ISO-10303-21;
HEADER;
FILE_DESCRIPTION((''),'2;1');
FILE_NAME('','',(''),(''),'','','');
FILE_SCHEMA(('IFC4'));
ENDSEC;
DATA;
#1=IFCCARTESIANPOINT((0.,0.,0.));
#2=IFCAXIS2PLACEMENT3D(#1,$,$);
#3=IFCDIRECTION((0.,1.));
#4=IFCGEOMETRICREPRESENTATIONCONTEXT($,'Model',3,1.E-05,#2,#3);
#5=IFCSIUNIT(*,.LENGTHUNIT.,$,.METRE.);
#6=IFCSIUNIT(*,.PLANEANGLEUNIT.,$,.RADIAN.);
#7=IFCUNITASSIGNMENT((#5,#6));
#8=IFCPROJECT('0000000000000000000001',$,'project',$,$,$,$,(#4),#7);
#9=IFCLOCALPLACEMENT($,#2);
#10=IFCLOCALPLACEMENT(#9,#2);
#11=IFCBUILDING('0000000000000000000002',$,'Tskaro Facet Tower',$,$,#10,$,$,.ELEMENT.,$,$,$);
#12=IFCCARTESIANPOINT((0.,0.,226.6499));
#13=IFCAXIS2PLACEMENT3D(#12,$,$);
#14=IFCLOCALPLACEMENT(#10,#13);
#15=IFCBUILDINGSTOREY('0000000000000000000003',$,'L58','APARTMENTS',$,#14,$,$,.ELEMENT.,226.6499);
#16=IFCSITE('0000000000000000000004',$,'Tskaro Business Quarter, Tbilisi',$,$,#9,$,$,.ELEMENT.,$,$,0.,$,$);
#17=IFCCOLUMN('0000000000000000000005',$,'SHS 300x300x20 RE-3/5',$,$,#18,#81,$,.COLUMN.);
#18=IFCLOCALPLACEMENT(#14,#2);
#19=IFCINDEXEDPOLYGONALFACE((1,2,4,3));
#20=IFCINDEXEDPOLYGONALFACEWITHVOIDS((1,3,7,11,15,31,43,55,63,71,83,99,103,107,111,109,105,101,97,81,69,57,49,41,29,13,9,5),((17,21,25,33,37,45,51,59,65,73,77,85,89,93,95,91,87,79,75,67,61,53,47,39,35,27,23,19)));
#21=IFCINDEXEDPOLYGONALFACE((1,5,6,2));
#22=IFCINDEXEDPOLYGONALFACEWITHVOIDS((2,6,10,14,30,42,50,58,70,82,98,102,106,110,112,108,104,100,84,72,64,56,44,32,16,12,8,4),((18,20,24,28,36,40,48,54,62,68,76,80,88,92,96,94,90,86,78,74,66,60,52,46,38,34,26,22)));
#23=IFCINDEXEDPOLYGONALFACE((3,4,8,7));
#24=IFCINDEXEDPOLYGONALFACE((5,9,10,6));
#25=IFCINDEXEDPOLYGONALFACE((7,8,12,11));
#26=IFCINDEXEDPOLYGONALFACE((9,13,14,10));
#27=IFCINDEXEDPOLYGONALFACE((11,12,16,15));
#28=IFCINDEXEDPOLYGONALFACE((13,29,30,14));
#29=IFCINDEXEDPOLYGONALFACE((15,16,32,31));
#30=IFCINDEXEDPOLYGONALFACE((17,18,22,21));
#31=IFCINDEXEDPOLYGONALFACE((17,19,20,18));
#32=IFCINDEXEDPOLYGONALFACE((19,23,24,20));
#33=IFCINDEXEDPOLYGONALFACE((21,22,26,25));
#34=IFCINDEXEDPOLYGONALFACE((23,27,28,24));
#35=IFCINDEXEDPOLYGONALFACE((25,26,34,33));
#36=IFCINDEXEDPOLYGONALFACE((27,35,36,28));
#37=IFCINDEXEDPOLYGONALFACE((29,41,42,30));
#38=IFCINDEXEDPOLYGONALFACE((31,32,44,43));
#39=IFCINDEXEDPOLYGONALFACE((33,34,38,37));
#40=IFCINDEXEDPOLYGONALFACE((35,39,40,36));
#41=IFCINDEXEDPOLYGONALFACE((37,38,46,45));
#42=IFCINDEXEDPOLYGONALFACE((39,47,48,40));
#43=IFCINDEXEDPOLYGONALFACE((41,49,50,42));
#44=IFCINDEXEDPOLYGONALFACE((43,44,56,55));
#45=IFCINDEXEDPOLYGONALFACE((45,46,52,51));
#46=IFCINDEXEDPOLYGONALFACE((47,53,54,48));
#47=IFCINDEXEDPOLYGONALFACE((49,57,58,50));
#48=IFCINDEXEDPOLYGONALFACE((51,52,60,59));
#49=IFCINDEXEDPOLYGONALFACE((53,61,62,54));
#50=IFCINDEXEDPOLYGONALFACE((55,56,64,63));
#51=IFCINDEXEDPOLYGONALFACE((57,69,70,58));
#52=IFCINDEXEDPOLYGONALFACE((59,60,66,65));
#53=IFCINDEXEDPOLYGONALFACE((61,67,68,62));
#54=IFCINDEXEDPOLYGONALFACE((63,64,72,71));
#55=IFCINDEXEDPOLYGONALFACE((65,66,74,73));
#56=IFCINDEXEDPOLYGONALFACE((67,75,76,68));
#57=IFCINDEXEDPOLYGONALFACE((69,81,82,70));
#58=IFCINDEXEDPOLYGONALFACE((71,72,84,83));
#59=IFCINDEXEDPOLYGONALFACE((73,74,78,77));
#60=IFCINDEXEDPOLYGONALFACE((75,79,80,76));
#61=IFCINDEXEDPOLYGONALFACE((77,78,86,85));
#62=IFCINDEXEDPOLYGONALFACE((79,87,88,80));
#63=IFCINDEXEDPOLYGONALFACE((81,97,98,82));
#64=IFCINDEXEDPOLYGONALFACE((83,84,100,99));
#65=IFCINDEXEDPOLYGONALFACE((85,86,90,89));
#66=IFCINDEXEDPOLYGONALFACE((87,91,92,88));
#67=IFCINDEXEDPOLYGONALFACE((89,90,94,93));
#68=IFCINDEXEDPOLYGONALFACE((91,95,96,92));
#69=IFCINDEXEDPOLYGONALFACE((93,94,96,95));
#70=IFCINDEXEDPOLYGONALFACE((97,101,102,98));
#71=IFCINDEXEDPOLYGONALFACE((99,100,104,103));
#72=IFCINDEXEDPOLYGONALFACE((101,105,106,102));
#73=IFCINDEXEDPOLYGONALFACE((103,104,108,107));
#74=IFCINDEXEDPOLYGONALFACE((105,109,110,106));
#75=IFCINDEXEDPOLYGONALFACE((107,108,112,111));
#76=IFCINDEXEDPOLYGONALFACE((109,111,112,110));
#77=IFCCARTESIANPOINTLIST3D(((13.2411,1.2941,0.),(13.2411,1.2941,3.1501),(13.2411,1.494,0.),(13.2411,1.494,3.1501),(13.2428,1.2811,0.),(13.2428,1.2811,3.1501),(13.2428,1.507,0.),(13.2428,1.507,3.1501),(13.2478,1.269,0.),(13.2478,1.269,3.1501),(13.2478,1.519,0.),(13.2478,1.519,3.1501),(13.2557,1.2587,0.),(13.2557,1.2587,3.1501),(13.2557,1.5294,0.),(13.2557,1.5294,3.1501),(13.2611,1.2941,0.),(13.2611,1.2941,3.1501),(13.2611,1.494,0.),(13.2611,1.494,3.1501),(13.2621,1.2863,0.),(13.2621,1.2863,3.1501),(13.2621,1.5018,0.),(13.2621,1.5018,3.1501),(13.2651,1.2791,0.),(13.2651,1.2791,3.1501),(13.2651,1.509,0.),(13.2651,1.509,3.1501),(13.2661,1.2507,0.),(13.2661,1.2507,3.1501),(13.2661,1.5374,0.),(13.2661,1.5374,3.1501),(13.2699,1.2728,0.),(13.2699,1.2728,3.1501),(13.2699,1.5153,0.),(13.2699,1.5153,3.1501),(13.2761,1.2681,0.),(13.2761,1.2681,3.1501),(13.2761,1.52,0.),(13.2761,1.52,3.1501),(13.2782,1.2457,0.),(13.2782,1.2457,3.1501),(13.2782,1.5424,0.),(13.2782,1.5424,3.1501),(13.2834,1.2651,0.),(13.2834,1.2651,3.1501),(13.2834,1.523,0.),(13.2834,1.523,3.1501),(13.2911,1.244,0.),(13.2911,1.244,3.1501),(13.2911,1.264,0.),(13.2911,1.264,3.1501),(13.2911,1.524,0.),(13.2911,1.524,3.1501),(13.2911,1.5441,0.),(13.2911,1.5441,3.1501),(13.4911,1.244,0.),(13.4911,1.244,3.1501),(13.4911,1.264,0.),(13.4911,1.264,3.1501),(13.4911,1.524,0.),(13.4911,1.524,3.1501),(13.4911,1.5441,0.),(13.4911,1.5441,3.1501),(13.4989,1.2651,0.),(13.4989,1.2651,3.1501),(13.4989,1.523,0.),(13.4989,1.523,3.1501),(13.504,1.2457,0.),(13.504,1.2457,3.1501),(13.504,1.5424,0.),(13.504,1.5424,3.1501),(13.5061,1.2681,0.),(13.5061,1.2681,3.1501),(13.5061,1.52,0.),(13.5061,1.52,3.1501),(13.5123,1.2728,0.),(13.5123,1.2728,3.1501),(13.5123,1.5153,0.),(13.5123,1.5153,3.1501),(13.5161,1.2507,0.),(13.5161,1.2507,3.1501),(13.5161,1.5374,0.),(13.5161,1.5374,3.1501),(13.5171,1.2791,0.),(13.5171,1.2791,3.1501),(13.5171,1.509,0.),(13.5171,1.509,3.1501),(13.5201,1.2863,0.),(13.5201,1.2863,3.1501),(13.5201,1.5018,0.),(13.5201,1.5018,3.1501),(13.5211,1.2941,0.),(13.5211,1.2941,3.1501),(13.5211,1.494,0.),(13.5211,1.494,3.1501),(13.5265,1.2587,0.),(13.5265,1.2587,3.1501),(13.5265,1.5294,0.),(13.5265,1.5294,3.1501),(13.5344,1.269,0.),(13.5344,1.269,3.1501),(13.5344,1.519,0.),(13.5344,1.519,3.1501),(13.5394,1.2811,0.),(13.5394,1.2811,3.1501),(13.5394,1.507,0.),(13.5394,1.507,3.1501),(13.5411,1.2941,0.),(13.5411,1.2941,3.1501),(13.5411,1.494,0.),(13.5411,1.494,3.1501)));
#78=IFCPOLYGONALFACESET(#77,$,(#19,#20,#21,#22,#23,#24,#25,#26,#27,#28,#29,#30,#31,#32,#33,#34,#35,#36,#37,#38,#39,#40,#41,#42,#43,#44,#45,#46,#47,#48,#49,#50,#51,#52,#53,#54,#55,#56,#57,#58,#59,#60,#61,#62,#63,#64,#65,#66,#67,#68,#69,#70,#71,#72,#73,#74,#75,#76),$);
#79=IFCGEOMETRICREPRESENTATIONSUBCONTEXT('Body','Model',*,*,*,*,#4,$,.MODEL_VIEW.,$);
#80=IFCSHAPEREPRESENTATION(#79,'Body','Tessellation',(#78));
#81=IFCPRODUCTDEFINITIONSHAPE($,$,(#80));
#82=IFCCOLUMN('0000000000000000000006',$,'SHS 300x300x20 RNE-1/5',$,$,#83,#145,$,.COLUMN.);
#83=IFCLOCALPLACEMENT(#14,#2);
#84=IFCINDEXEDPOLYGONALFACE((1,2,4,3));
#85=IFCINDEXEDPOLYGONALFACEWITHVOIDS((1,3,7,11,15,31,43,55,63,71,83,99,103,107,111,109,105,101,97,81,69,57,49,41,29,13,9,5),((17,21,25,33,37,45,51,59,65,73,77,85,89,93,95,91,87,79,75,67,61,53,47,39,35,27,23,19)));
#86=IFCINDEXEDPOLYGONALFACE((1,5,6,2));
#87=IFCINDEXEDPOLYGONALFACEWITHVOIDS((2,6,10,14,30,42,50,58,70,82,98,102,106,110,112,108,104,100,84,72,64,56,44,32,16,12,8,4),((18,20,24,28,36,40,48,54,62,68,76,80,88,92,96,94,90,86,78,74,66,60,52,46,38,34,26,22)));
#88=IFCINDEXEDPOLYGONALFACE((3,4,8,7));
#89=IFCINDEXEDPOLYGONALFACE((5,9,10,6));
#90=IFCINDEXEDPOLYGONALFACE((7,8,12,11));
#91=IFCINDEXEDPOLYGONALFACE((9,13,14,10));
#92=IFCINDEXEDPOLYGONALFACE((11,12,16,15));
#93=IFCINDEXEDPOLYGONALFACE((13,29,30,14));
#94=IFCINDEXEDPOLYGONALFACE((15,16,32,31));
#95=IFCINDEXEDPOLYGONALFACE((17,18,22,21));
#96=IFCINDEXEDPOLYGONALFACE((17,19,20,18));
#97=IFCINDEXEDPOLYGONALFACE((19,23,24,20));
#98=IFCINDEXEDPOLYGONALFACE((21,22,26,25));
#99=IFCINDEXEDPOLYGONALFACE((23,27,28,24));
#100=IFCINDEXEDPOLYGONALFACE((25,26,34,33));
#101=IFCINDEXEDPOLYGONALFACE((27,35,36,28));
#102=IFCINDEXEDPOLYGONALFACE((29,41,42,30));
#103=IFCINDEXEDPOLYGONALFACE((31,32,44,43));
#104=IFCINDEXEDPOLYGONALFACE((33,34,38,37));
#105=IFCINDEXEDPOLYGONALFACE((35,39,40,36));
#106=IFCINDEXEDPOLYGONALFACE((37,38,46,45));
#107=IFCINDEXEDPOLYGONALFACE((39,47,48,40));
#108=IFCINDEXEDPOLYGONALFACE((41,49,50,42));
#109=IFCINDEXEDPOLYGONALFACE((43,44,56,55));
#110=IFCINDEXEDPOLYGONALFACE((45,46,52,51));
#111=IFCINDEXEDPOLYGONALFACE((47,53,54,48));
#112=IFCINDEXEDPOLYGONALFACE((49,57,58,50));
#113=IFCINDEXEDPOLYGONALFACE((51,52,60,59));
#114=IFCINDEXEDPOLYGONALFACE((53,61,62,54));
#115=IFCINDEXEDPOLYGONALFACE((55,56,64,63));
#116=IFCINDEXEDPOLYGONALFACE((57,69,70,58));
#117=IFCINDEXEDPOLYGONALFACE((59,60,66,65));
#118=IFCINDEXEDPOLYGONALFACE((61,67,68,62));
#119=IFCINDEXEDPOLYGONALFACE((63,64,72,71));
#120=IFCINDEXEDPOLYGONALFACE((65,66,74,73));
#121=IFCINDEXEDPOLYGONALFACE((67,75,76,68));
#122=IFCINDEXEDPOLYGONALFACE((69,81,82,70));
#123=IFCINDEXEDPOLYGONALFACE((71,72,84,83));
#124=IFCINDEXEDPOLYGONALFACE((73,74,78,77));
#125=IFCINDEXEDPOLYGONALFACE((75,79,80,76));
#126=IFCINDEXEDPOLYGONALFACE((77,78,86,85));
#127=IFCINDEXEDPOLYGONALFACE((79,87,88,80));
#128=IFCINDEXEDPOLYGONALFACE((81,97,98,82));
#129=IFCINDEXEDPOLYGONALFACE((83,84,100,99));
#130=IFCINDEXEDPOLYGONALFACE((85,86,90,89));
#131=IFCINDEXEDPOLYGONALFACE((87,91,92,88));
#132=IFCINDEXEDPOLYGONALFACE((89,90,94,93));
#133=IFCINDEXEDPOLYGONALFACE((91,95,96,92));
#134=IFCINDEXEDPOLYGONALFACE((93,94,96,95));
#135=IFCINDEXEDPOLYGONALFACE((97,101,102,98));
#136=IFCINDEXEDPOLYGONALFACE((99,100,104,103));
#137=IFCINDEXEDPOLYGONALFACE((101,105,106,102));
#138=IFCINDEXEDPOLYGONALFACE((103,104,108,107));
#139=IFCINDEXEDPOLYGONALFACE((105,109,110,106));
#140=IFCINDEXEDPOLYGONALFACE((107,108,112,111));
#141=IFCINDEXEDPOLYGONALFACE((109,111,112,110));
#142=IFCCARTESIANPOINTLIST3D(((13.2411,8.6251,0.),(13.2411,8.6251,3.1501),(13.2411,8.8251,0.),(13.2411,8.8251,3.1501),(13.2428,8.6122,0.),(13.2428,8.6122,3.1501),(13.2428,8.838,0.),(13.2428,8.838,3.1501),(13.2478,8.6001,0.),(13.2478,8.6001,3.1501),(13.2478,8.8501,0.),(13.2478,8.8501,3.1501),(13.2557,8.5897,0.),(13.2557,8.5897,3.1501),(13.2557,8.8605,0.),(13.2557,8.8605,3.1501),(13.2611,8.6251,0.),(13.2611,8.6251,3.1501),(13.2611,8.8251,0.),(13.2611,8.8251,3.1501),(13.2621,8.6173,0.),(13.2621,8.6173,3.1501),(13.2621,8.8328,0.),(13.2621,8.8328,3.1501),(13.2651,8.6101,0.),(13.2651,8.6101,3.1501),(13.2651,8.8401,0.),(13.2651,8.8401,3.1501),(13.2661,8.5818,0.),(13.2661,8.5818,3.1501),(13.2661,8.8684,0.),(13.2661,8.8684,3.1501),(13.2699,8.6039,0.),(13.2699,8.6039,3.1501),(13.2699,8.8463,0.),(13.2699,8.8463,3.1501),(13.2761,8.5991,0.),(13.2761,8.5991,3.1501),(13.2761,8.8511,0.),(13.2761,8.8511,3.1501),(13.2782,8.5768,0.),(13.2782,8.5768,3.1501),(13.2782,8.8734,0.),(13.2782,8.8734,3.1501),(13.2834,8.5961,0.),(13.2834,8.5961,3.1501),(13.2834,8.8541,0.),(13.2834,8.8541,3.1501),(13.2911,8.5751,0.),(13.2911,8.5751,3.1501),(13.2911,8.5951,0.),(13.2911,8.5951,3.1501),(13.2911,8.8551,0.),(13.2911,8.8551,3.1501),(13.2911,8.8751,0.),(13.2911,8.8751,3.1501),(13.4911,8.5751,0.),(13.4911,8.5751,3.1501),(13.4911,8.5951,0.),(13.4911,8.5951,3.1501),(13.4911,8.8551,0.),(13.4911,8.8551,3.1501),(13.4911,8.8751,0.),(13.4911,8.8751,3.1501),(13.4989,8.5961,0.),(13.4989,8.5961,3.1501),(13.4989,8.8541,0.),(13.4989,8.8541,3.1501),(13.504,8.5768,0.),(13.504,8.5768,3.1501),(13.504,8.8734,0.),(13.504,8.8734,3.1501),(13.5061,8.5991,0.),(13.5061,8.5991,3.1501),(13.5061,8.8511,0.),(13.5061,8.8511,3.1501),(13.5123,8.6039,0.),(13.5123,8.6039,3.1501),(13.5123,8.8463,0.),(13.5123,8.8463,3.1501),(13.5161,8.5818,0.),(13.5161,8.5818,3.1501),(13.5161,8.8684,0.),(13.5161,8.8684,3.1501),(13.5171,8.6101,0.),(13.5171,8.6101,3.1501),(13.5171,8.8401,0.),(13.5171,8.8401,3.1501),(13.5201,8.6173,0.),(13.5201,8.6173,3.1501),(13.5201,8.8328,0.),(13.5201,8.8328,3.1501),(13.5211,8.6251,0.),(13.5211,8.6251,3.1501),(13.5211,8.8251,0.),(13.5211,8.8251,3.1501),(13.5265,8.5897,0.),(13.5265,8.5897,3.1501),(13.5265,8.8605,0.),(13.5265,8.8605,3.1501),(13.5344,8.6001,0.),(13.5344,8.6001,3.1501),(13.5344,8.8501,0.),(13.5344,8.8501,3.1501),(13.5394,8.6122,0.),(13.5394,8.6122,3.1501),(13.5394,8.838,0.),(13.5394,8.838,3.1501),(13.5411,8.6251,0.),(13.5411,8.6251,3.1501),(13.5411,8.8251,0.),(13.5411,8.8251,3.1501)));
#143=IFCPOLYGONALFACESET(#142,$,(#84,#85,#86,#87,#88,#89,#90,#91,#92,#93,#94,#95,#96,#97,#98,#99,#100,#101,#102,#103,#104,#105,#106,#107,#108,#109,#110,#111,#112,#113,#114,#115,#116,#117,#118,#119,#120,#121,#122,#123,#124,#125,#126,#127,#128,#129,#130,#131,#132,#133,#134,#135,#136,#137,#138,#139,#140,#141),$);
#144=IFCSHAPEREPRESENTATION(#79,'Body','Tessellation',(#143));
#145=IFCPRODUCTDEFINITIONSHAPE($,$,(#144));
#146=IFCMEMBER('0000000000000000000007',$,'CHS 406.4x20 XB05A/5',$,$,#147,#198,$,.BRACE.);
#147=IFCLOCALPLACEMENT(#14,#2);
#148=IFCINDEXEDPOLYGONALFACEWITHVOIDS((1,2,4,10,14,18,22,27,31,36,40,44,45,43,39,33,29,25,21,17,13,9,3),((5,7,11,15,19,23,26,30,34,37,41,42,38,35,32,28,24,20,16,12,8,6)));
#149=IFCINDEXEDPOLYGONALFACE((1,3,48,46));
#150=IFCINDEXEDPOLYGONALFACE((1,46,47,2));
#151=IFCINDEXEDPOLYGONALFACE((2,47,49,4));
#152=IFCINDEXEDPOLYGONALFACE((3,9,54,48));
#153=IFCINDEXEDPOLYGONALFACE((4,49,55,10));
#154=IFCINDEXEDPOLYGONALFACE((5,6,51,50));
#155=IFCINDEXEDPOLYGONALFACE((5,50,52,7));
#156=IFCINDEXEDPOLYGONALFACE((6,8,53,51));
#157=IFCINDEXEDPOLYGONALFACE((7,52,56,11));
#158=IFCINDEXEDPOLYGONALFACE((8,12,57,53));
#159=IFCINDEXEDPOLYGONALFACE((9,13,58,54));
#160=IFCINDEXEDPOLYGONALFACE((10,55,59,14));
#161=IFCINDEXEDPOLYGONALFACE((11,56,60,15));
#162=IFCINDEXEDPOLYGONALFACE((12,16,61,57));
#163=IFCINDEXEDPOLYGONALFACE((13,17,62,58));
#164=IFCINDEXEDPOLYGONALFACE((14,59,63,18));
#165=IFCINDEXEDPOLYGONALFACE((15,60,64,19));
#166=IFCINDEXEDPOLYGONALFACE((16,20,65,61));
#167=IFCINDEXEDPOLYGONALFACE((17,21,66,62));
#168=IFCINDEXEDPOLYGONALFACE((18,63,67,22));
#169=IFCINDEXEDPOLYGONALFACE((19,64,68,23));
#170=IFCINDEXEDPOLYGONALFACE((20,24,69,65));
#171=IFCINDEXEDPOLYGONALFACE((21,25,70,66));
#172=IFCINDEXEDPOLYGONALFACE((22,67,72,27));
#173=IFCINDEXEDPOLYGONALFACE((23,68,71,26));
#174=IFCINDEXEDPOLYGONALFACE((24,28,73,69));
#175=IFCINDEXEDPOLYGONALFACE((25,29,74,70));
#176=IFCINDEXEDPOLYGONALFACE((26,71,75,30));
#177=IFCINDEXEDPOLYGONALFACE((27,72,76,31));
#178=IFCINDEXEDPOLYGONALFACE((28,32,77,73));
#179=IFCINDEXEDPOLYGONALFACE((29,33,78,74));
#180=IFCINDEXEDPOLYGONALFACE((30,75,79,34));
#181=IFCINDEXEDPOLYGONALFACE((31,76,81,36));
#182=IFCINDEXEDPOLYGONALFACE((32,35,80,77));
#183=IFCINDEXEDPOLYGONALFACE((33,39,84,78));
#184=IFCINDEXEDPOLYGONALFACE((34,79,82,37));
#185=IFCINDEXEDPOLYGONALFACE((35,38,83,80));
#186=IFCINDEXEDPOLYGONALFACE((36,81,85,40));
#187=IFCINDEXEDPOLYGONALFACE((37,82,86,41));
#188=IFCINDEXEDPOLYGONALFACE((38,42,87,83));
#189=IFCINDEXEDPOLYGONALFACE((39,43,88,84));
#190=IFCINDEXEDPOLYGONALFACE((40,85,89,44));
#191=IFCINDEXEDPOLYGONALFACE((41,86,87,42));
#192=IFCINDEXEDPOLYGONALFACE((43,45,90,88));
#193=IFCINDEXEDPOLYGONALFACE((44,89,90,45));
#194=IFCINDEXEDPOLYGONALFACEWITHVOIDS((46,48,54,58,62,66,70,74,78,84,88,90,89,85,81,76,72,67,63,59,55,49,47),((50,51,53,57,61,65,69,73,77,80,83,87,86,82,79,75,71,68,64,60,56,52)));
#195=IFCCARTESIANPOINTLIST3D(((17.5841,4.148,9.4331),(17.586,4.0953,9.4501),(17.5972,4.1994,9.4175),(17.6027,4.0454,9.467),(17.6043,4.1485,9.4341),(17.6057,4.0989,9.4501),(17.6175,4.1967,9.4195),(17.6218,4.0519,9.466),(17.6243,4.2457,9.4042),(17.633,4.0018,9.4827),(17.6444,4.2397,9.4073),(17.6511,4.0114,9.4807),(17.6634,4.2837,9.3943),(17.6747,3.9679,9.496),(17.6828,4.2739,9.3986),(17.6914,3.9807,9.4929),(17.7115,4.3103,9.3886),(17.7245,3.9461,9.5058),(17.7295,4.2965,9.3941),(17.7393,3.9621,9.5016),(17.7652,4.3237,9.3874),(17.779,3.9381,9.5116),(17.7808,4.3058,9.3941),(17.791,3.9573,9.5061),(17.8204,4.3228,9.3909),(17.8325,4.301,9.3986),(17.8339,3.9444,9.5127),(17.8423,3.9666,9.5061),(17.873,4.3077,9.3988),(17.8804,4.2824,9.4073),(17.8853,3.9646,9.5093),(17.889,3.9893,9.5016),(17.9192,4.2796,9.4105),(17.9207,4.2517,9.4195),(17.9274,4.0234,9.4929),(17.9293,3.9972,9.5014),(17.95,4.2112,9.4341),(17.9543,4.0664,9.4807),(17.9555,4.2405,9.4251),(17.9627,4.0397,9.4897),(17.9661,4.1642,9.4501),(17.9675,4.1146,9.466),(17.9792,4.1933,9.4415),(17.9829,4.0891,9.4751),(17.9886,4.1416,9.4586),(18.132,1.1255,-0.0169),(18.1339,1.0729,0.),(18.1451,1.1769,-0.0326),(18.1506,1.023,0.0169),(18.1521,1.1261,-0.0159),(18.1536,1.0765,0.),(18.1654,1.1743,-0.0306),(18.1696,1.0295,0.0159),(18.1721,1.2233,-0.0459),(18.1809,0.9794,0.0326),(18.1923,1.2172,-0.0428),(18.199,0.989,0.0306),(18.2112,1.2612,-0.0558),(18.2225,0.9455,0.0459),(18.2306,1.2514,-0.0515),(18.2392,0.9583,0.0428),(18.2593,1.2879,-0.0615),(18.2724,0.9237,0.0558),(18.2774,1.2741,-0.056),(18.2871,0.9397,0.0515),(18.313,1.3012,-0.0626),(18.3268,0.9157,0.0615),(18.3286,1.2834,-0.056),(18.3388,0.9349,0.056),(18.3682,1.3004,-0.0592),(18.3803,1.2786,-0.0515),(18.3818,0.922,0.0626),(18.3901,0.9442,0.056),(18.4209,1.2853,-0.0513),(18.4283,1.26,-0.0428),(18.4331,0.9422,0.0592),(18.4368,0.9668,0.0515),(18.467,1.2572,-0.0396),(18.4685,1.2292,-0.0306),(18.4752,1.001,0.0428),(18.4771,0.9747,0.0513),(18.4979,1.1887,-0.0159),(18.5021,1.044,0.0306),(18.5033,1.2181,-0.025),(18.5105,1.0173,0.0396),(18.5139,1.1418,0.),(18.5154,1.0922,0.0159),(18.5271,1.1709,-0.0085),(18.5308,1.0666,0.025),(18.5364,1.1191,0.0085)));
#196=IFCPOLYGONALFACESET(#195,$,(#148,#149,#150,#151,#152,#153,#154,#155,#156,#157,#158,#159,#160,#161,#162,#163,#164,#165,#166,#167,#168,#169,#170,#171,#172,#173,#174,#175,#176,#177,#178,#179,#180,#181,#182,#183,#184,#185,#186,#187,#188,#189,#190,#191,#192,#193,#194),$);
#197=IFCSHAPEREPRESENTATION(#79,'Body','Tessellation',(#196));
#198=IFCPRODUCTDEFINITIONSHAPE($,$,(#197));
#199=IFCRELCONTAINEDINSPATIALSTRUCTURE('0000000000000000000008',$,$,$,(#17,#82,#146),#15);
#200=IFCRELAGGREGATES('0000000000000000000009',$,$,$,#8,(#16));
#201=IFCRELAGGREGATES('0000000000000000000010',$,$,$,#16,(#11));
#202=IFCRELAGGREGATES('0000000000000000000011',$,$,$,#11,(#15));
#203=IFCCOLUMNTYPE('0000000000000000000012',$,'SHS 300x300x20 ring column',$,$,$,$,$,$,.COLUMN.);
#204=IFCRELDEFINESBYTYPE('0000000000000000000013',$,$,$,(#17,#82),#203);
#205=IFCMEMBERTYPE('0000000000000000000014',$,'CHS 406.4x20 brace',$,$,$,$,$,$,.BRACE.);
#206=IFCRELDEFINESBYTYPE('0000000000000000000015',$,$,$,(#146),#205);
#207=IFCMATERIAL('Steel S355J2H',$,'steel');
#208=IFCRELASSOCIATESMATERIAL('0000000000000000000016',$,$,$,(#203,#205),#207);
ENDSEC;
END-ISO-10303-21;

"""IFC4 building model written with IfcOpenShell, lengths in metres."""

from ifc_helpers import new_model, si_unit, direction, frame, origin, origin_2d, place, context, subcontext, project, spatial, hollow_rectangle, hollow_circle, extrude, material, material_profile, profile_set, type_object, element, save


model = new_model("IFC4")

# Units and contexts
model_context = context("Model", 3, precision=1e-05, world=origin(), true_north=direction((0.0, 1.0)))
body_context = subcontext(model_context, "Body", "Model", "MODEL_VIEW")
ifc_project = project(units=[si_unit("LENGTHUNIT", "METRE"), si_unit("PLANEANGLEUNIT", "RADIAN")], contexts=[model_context])

# Site, building, storey
site_placement = place(None, origin())
site = spatial("IfcSite", under=ifc_project, at=site_placement, Name="Tskaro Business Quarter, Tbilisi", CompositionType="ELEMENT", RefElevation=0.0)
building_placement = place(site_placement, origin())
building = spatial("IfcBuilding", under=site, at=building_placement, Name="Tskaro Facet Tower", CompositionType="ELEMENT")
storey_placement = place(building_placement, frame((0.0, 0.0, 226.6499)))
storey = spatial("IfcBuildingStorey", under=building, at=storey_placement, Name="L58", Description="APARTMENTS", CompositionType="ELEMENT", Elevation=226.6499)

# Columns
ifc_material_1 = material(Name="Steel S355J2H", Category="steel")
ifc_material_profile_1 = material_profile(ifc_material_1, hollow_rectangle(XDim=0.3, YDim=0.3, WallThickness=0.02, InnerFilletRadius=0.03, OuterFilletRadius=0.05, at=origin_2d()), Name="SHS 300x300x20")
ifc_profile_set_1 = profile_set([ifc_material_profile_1], Name="Steel S355J2H")
column_type = type_object("IfcColumnType", Name="SHS 300x300x20 ring column", PredefinedType="COLUMN", material=ifc_profile_set_1)
for number, where, z_axis, x_axis, name in (
    (1, (13.3911, 1.394, 0.0), (0.0, 0.0, 1.0), (1.0, 0.0, 0.0), "SHS 300x300x20 RE-3/5"),
    (2, (13.3911, 8.7251, 0.0), (0.0, 0.0, 1.0), (1.0, 0.0, 0.0), "SHS 300x300x20 RNE-1/5"),
):
    element("IfcColumn", number, at=place(storey_placement, frame(where, z_axis=z_axis, x_axis=x_axis)), inside=storey, type_object=column_type, Name=name, PredefinedType="COLUMN", context=body_context, shape_type="SweptSolid", body=[
        extrude(hollow_rectangle(XDim=0.3, YDim=0.3, WallThickness=0.02, InnerFilletRadius=0.03, OuterFilletRadius=0.05, at=origin_2d()), origin(), (0.0, 0.0, 1.0), 3.1501),
    ])

# Member
ifc_material_profile_2 = material_profile(ifc_material_1, hollow_circle(Radius=0.2031, WallThickness=0.02, at=origin_2d()), Name="CHS 406.4x20")
ifc_profile_set_2 = profile_set([ifc_material_profile_2], Name="Steel S355J2H")
member_type_1 = type_object("IfcMemberType", Name="CHS 406.4x20 brace", PredefinedType="BRACE", material=ifc_profile_set_2)
member_1_placement = place(storey_placement, frame((18.3337, 1.1091, 0.0), z_axis=(-0.055133, 0.304166, 0.951022), x_axis=(-0.983966, -0.178354, 0.0)))
element("IfcMember", 3, at=member_1_placement, inside=storey, type_object=member_type_1, Name="CHS 406.4x20 XB05A/5", PredefinedType="BRACE", context=body_context, shape_type="SweptSolid", body=[
    extrude(hollow_circle(Radius=0.2031, WallThickness=0.02, at=origin_2d()), origin(), (0.0, 0.0, 1.0), 9.9368),
])

save(model, "model.ifc")
